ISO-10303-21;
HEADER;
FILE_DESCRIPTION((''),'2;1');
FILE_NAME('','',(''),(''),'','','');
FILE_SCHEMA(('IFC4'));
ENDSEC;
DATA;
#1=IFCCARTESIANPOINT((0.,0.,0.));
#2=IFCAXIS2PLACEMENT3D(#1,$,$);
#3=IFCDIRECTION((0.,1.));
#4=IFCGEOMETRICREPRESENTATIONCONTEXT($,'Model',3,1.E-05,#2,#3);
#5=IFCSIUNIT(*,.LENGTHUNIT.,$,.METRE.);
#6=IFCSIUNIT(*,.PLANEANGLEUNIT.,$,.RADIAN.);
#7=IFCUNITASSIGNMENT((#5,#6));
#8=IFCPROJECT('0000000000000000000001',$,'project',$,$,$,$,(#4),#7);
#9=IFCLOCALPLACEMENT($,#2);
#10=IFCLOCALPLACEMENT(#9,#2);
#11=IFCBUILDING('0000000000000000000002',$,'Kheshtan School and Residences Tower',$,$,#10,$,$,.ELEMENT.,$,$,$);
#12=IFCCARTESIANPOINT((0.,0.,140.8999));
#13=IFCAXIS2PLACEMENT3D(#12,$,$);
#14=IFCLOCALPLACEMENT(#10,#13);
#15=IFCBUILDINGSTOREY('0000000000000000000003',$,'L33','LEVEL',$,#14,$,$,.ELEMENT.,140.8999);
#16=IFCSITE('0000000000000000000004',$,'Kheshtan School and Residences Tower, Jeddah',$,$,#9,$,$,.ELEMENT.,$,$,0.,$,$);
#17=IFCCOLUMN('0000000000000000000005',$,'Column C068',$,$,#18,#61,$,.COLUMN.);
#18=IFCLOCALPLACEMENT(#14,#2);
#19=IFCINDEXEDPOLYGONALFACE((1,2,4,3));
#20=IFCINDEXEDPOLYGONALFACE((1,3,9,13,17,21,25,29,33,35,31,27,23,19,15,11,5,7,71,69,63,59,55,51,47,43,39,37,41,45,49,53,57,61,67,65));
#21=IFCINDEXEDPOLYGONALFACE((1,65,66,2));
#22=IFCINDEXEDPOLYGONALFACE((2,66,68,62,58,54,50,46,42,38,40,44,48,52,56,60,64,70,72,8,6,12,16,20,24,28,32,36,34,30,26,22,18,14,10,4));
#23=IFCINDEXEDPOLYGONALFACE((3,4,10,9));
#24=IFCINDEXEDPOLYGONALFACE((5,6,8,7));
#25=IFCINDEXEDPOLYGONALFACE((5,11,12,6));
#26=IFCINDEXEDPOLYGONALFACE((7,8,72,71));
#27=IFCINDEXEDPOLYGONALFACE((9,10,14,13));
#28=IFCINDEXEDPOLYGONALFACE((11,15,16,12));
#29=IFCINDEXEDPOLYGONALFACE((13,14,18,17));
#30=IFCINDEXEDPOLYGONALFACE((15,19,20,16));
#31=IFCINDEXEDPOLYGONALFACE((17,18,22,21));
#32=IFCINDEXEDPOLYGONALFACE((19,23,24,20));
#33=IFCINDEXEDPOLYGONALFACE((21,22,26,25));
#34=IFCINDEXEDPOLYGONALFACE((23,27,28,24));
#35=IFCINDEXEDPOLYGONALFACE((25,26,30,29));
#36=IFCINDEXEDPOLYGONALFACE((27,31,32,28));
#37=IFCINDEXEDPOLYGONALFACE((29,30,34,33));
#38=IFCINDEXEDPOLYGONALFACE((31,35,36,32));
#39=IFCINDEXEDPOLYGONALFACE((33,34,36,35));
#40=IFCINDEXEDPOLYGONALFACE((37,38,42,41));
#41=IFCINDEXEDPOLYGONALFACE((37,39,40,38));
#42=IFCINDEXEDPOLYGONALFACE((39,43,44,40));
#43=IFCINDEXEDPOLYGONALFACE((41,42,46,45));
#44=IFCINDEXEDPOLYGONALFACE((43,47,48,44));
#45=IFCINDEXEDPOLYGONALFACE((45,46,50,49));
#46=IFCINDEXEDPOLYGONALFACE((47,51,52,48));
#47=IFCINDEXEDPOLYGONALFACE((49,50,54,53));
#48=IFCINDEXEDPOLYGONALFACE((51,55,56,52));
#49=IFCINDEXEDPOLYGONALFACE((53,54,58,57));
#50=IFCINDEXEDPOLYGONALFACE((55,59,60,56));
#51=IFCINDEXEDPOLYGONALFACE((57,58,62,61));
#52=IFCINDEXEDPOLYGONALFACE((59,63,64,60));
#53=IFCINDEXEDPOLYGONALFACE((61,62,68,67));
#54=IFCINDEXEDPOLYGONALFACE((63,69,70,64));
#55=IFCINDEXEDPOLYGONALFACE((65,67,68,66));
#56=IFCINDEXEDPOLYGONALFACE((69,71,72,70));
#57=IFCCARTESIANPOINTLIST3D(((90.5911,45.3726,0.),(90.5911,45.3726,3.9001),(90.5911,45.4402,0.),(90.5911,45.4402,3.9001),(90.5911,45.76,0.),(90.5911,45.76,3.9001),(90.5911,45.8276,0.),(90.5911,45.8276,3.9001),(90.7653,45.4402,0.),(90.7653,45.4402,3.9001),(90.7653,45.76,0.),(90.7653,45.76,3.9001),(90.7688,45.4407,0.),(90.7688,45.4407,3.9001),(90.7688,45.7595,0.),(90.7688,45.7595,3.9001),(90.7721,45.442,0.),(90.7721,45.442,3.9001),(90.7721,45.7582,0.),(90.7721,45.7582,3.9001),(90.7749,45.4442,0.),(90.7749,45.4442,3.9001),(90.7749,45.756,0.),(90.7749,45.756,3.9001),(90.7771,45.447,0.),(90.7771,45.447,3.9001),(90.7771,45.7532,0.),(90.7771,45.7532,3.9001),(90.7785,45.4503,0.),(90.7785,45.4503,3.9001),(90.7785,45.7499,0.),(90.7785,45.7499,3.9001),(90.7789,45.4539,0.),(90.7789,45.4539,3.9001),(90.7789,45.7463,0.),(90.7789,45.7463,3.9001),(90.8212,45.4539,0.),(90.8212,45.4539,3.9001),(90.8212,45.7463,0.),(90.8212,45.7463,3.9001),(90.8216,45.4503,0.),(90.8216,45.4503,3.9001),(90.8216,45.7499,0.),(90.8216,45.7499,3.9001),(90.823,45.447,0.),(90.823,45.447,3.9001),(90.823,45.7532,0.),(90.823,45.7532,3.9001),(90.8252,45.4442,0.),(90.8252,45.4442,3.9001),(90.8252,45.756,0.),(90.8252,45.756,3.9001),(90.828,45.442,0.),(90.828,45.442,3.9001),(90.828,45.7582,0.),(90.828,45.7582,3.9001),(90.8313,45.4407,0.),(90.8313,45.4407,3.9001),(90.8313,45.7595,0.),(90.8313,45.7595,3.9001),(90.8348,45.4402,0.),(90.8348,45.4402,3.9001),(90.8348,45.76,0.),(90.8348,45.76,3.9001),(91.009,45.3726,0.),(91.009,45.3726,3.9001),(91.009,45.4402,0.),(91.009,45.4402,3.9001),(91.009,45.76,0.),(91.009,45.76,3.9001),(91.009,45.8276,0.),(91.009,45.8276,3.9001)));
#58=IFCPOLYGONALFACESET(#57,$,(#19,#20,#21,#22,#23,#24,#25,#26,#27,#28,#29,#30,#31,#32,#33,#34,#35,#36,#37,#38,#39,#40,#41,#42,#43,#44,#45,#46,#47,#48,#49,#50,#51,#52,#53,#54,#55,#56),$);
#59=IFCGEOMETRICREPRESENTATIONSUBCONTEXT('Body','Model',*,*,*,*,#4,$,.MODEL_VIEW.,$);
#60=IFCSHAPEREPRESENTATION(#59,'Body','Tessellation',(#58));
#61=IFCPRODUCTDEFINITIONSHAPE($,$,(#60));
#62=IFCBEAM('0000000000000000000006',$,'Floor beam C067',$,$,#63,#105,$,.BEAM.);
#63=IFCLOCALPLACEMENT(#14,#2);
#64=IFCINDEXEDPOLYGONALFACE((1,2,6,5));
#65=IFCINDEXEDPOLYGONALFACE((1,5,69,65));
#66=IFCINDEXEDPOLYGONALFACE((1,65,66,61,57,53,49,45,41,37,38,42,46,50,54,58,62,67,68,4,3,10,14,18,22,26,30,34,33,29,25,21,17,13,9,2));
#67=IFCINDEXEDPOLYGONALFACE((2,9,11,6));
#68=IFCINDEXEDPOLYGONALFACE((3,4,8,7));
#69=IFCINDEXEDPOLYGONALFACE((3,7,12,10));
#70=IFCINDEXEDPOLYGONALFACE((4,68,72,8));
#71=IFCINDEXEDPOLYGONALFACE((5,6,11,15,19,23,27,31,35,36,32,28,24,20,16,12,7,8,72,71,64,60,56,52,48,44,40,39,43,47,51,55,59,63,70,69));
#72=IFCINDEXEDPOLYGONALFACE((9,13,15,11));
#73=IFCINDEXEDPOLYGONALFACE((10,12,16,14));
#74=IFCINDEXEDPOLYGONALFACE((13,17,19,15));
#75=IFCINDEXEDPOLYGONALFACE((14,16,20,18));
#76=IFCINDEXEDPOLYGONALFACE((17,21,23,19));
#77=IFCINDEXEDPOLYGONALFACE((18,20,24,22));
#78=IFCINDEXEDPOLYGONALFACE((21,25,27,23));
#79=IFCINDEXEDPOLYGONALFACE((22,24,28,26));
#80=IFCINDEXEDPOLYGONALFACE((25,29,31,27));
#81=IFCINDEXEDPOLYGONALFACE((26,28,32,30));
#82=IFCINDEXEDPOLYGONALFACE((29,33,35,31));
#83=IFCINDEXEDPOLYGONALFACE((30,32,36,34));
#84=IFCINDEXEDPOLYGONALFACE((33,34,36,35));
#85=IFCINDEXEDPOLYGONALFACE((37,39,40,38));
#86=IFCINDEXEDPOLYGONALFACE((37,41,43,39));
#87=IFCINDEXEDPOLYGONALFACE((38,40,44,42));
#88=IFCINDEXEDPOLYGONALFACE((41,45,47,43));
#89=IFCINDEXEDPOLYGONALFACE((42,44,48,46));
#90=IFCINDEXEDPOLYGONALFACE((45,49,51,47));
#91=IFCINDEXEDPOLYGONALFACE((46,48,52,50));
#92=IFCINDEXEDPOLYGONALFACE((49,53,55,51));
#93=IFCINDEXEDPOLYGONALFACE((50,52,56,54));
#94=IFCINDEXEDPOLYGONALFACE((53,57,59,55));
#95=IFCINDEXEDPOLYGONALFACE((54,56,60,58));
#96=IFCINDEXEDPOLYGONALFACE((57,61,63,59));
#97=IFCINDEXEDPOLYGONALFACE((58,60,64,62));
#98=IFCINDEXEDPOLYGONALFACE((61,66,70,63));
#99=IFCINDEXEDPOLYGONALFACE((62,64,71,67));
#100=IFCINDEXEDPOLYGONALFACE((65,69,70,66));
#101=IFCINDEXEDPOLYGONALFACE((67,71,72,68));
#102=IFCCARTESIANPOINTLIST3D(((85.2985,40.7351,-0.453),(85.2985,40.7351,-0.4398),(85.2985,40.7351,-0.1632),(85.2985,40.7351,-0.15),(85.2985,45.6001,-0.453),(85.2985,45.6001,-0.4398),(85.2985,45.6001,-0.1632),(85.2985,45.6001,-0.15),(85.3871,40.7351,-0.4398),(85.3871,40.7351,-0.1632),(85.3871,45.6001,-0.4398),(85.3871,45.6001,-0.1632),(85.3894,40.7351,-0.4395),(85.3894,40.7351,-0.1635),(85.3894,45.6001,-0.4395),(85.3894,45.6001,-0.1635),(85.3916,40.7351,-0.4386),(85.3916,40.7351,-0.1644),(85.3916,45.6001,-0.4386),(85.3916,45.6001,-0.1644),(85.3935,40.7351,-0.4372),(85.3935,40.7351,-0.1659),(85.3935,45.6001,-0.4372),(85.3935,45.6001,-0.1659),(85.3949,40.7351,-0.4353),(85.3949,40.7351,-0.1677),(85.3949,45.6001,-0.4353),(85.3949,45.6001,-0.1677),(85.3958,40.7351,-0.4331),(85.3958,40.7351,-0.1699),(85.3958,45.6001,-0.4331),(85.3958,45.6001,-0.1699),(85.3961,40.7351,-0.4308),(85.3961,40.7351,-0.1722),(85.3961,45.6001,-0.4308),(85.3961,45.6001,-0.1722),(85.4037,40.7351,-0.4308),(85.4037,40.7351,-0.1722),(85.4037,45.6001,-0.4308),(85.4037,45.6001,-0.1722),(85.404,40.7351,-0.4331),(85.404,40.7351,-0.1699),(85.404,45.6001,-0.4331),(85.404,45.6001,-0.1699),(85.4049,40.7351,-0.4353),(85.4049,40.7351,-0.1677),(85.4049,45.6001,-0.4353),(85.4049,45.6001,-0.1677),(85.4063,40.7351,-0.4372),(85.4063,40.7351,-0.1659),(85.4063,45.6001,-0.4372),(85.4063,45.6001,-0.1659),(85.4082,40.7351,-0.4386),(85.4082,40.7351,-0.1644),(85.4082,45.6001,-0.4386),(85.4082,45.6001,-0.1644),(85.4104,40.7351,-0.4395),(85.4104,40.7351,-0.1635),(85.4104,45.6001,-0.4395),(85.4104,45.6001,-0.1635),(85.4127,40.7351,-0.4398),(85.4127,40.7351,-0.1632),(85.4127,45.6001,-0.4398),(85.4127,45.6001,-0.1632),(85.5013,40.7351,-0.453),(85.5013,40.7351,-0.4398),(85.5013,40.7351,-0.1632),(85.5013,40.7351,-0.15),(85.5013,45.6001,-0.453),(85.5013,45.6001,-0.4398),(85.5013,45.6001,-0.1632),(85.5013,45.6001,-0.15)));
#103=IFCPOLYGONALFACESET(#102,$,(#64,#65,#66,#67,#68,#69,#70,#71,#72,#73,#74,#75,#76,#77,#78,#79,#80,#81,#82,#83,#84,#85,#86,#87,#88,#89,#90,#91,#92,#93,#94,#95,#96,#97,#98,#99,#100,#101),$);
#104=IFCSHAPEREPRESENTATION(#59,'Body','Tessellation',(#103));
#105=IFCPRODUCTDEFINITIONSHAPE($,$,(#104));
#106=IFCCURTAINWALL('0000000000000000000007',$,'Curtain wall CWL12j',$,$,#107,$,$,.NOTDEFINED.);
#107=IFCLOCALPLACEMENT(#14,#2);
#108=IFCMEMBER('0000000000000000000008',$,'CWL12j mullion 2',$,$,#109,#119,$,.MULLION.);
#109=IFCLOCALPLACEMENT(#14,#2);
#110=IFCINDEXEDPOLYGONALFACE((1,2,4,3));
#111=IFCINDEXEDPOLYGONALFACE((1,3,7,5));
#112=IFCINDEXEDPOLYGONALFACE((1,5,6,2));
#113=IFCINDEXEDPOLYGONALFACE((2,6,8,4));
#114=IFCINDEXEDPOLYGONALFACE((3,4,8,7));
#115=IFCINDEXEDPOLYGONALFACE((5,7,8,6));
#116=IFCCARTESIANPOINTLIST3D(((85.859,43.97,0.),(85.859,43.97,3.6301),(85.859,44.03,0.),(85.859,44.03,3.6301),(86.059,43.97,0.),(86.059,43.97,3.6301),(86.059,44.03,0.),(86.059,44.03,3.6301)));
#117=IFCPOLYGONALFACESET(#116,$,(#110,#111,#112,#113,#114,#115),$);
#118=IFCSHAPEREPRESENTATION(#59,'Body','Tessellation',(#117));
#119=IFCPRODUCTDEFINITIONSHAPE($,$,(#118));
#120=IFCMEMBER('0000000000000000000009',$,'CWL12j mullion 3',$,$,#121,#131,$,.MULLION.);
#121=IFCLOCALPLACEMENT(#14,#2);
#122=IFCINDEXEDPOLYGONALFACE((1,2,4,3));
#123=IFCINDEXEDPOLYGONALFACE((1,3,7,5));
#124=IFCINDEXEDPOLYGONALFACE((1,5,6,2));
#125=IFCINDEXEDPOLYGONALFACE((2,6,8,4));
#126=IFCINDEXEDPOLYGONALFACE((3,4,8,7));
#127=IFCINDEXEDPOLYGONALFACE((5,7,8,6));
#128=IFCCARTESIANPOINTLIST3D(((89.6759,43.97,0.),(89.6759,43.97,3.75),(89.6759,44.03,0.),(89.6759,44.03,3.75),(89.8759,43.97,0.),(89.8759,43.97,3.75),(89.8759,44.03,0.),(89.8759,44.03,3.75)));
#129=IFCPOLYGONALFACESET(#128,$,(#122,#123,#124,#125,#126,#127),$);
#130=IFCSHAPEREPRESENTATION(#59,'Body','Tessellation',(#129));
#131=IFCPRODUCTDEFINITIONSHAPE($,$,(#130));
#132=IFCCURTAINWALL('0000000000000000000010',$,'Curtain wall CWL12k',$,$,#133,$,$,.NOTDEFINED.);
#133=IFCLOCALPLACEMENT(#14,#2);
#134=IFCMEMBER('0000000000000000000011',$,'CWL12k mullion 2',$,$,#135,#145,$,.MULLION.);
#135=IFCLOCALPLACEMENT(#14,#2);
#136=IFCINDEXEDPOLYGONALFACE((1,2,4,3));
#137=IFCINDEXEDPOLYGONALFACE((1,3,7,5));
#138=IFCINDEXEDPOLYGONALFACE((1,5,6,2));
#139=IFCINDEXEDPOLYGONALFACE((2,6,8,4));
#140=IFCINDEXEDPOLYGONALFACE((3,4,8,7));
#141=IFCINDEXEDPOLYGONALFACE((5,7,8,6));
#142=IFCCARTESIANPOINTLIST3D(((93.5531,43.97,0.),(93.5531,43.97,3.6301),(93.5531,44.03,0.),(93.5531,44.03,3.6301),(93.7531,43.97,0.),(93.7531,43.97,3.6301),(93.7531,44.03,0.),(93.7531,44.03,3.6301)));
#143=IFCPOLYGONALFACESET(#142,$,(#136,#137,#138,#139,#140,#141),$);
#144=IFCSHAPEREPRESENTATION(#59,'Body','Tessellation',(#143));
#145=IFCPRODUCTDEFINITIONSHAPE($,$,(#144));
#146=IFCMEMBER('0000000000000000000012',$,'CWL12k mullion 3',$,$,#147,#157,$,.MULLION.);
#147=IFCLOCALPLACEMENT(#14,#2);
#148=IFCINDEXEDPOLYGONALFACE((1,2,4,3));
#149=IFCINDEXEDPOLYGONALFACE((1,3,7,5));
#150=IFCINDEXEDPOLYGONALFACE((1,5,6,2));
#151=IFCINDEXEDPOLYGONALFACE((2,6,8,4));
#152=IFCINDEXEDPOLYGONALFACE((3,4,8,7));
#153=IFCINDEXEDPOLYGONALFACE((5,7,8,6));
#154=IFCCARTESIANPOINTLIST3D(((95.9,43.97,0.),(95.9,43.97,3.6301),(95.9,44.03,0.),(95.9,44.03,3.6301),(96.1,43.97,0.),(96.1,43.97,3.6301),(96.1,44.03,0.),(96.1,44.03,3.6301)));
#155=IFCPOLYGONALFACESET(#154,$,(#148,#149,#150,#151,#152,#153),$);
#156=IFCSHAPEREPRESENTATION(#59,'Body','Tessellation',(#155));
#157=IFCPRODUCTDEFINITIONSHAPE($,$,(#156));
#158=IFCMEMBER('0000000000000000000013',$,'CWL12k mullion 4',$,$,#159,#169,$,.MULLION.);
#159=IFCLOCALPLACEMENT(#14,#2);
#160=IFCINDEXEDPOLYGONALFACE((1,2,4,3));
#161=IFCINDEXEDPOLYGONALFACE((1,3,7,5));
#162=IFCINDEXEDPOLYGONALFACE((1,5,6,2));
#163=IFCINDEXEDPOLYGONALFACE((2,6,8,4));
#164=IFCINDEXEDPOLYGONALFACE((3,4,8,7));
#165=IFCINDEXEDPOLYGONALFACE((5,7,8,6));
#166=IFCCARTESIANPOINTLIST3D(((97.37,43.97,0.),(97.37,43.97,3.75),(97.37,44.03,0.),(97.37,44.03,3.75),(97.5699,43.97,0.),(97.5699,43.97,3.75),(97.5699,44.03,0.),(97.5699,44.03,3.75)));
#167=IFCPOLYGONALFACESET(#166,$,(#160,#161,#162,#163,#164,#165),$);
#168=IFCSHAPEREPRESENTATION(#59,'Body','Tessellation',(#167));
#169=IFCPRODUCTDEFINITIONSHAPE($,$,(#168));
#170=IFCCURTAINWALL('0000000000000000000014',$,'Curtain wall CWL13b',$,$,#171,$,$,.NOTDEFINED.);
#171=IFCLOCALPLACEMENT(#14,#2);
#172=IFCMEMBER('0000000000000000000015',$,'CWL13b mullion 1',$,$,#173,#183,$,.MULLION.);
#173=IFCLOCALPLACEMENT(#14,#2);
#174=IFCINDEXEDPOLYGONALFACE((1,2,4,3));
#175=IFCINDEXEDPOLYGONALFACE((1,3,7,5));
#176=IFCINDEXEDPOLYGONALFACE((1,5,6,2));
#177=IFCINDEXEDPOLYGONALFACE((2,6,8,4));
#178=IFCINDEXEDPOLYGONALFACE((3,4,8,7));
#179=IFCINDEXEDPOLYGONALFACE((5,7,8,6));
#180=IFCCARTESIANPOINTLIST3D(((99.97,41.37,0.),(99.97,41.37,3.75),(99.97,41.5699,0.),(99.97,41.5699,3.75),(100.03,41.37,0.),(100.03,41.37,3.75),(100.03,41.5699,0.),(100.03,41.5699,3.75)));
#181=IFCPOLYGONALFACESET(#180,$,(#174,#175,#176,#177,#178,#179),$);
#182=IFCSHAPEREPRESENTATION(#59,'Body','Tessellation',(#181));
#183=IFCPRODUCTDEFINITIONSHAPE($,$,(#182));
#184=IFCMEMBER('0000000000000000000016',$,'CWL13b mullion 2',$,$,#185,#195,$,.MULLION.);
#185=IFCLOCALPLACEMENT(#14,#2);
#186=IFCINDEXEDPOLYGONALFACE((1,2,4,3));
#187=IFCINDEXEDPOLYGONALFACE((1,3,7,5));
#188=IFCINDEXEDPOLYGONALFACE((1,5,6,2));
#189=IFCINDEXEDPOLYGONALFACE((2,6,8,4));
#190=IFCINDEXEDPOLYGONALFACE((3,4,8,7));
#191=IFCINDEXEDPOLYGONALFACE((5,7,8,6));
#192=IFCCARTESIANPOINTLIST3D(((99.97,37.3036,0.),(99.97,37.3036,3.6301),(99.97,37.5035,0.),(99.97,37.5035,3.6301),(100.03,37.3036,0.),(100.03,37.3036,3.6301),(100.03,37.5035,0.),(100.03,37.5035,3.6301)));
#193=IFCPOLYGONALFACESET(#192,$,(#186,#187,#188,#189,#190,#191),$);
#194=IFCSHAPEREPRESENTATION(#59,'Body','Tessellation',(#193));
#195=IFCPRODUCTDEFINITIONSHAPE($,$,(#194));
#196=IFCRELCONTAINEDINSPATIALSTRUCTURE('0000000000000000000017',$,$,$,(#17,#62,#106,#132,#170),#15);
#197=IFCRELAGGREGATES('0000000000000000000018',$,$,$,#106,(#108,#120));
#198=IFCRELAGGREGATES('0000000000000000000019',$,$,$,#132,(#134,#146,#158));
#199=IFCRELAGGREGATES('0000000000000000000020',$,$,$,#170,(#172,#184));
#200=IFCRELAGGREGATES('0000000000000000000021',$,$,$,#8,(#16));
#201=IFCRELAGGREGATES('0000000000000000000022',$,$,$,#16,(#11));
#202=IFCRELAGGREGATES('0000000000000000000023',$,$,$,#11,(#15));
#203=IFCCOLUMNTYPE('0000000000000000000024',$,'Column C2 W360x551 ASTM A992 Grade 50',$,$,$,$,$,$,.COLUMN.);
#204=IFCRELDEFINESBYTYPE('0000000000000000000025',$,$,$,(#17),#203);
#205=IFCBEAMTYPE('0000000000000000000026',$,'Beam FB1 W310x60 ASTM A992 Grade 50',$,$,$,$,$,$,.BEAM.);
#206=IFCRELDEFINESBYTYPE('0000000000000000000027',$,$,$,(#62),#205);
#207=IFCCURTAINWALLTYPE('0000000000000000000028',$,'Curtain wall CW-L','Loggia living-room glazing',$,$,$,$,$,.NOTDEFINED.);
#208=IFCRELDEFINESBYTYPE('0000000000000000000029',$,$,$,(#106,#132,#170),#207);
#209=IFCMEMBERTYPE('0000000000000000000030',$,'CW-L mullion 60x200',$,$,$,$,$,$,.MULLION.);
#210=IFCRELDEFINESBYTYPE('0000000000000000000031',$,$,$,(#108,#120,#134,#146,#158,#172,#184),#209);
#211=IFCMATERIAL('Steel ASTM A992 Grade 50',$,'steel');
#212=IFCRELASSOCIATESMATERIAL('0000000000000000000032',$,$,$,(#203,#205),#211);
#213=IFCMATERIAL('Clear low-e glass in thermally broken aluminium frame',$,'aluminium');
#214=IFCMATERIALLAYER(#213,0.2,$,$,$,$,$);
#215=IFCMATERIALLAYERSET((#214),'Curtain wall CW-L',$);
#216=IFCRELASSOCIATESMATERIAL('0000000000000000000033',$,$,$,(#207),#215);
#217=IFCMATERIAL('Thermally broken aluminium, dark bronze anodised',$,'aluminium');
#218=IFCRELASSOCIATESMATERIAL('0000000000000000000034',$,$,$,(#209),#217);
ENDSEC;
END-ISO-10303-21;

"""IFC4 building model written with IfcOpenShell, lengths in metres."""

from ifc_helpers import new_model, si_unit, direction, frame, origin, origin_2d, place, context, subcontext, project, spatial, rectangle, i_section, extrude, material, layer, layer_set, material_profile, profile_set, type_object, element, aggregate, save


model = new_model("IFC4")

# Units and contexts
model_context = context("Model", 3, precision=1e-05, world=origin(), true_north=direction((0.0, 1.0)))
body_context = subcontext(model_context, "Body", "Model", "MODEL_VIEW")
ifc_project = project(units=[si_unit("LENGTHUNIT", "METRE"), si_unit("PLANEANGLEUNIT", "RADIAN")], contexts=[model_context])

# Site, building, storey
site_placement = place(None, origin())
site = spatial("IfcSite", under=ifc_project, at=site_placement, Name="Kheshtan School and Residences Tower, Jeddah", CompositionType="ELEMENT", RefElevation=0.0)
building_placement = place(site_placement, origin())
building = spatial("IfcBuilding", under=site, at=building_placement, Name="Kheshtan School and Residences Tower", CompositionType="ELEMENT")
storey_placement = place(building_placement, frame((0.0, 0.0, 140.8999)))
storey = spatial("IfcBuildingStorey", under=building, at=storey_placement, Name="L33", Description="LEVEL", CompositionType="ELEMENT", Elevation=140.8999)

# Column
ifc_material_1 = material(Name="Steel ASTM A992 Grade 50", Category="steel")
ifc_material_profile_1 = material_profile(ifc_material_1, i_section(OverallWidth=0.418, OverallDepth=0.4551, WebThickness=0.0422, FlangeThickness=0.0676, FilletRadius=0.0137, at=origin_2d()), Name="W360x551")
ifc_profile_set_1 = profile_set([ifc_material_profile_1], Name="Steel ASTM A992 Grade 50")
column_type = type_object("IfcColumnType", Name="Column C2 W360x551 ASTM A992 Grade 50", PredefinedType="COLUMN", material=ifc_profile_set_1)
column_placement = place(storey_placement, frame((90.8, 45.6001, 0.0), z_axis=(0.0, 0.0, 1.0), x_axis=(1.0, 0.0, 0.0)))
element("IfcColumn", 1, at=column_placement, inside=storey, type_object=column_type, Name="Column C068", PredefinedType="COLUMN", context=body_context, shape_type="SweptSolid", body=[
    extrude(i_section(OverallWidth=0.418, OverallDepth=0.4551, WebThickness=0.0422, FlangeThickness=0.0676, FilletRadius=0.0137, at=origin_2d()), origin(), (0.0, 0.0, 1.0), 3.9001),
])

# Beam
ifc_material_profile_2 = material_profile(ifc_material_1, i_section(OverallWidth=0.2029, OverallDepth=0.303, WebThickness=0.0076, FlangeThickness=0.0132, FilletRadius=0.009, at=origin_2d()), Name="W310x60")
ifc_profile_set_2 = profile_set([ifc_material_profile_2], Name="Steel ASTM A992 Grade 50")
beam_type_1 = type_object("IfcBeamType", Name="Beam FB1 W310x60 ASTM A992 Grade 50", PredefinedType="BEAM", material=ifc_profile_set_2)
beam_1_placement = place(storey_placement, frame((85.3999, 45.6001, -0.3015), z_axis=(0.0, -1.0, 0.0), x_axis=(1.0, 0.0, 0.0)))
element("IfcBeam", 2, at=beam_1_placement, inside=storey, type_object=beam_type_1, Name="Floor beam C067", PredefinedType="BEAM", context=body_context, shape_type="SweptSolid", body=[
    extrude(i_section(OverallWidth=0.2029, OverallDepth=0.303, WebThickness=0.0076, FlangeThickness=0.0132, FilletRadius=0.009, at=origin_2d()), origin(), (0.0, 0.0, 1.0), 4.865),
])

# Curtain walls, members
ifc_material_2 = material(Name="Clear low-e glass in thermally broken aluminium frame", Category="aluminium")
ifc_layer_1 = layer(ifc_material_2, 0.2)
ifc_layer_set_1 = layer_set([ifc_layer_1], Name="Curtain wall CW-L")
curtain_wall_type = type_object("IfcCurtainWallType", Name="Curtain wall CW-L", Description="Loggia living-room glazing", PredefinedType="NOTDEFINED", material=ifc_layer_set_1)
curtain_wall_1_placement = place(storey_placement, origin())
curtain_wall_1 = element("IfcCurtainWall", 3, at=curtain_wall_1_placement, inside=storey, type_object=curtain_wall_type, Name="Curtain wall CWL12j", PredefinedType="NOTDEFINED")
ifc_material_3 = material(Name="Thermally broken aluminium, dark bronze anodised", Category="aluminium")
ifc_material_profile_3 = material_profile(ifc_material_3, rectangle(XDim=0.0601, YDim=0.2, at=origin_2d()), Name="CW-L mullion 60x200")
ifc_profile_set_3 = profile_set([ifc_material_profile_3], Name="Thermally broken aluminium, dark bronze anodised")
member_type_1 = type_object("IfcMemberType", Name="CW-L mullion 60x200", PredefinedType="MULLION", material=ifc_profile_set_3)
member_1_placement = place(storey_placement, frame((85.959, 44.0, 0.0), z_axis=(0.0, 0.0, 1.0), x_axis=(0.0, 1.0, 0.0)))
member_1 = element("IfcMember", 4, at=member_1_placement, type_object=member_type_1, Name="CWL12j mullion 2", PredefinedType="MULLION", context=body_context, shape_type="SweptSolid", body=[
    extrude(rectangle(XDim=0.0601, YDim=0.2, at=origin_2d()), origin(), (0.0, 0.0, 1.0), 3.6301),
])
member_2_placement = place(storey_placement, frame((89.7759, 44.0, 0.0), z_axis=(0.0, 0.0, 1.0), x_axis=(0.0, 1.0, 0.0)))
member_2 = element("IfcMember", 5, at=member_2_placement, type_object=member_type_1, Name="CWL12j mullion 3", PredefinedType="MULLION", context=body_context, shape_type="SweptSolid", body=[
    extrude(rectangle(XDim=0.0601, YDim=0.2, at=origin_2d()), origin(), (0.0, 0.0, 1.0), 3.75),
])
curtain_wall_2_placement = place(storey_placement, origin())
curtain_wall_2 = element("IfcCurtainWall", 6, at=curtain_wall_2_placement, inside=storey, type_object=curtain_wall_type, Name="Curtain wall CWL12k", PredefinedType="NOTDEFINED")
member_3_placement = place(storey_placement, frame((93.6531, 44.0, 0.0), z_axis=(0.0, 0.0, 1.0), x_axis=(0.0, 1.0, 0.0)))
member_3 = element("IfcMember", 7, at=member_3_placement, type_object=member_type_1, Name="CWL12k mullion 2", PredefinedType="MULLION", context=body_context, shape_type="SweptSolid", body=[
    extrude(rectangle(XDim=0.0601, YDim=0.2, at=origin_2d()), origin(), (0.0, 0.0, 1.0), 3.6301),
])
member_4_placement = place(storey_placement, frame((96.0, 44.0, 0.0), z_axis=(0.0, 0.0, 1.0), x_axis=(0.0, 1.0, 0.0)))
member_4 = element("IfcMember", 8, at=member_4_placement, type_object=member_type_1, Name="CWL12k mullion 3", PredefinedType="MULLION", context=body_context, shape_type="SweptSolid", body=[
    extrude(rectangle(XDim=0.0601, YDim=0.2, at=origin_2d()), origin(), (0.0, 0.0, 1.0), 3.6301),
])
member_5_placement = place(storey_placement, frame((97.47, 44.0, 0.0), z_axis=(0.0, 0.0, 1.0), x_axis=(0.0, 1.0, 0.0)))
member_5 = element("IfcMember", 9, at=member_5_placement, type_object=member_type_1, Name="CWL12k mullion 4", PredefinedType="MULLION", context=body_context, shape_type="SweptSolid", body=[
    extrude(rectangle(XDim=0.0601, YDim=0.2, at=origin_2d()), origin(), (0.0, 0.0, 1.0), 3.75),
])
curtain_wall_3_placement = place(storey_placement, origin())
curtain_wall_3 = element("IfcCurtainWall", 10, at=curtain_wall_3_placement, inside=storey, type_object=curtain_wall_type, Name="Curtain wall CWL13b", PredefinedType="NOTDEFINED")
member_6_placement = place(storey_placement, frame((100.0, 41.47, 0.0), z_axis=(0.0, 0.0, 1.0), x_axis=(1.0, 0.0, 0.0)))
member_6 = element("IfcMember", 11, at=member_6_placement, type_object=member_type_1, Name="CWL13b mullion 1", PredefinedType="MULLION", context=body_context, shape_type="SweptSolid", body=[
    extrude(rectangle(XDim=0.0601, YDim=0.2, at=origin_2d()), origin(), (0.0, 0.0, 1.0), 3.75),
])
member_7_placement = place(storey_placement, frame((100.0, 37.4036, 0.0), z_axis=(0.0, 0.0, 1.0), x_axis=(1.0, 0.0, 0.0)))
member_7 = element("IfcMember", 12, at=member_7_placement, type_object=member_type_1, Name="CWL13b mullion 2", PredefinedType="MULLION", context=body_context, shape_type="SweptSolid", body=[
    extrude(rectangle(XDim=0.0601, YDim=0.2, at=origin_2d()), origin(), (0.0, 0.0, 1.0), 3.6301),
])

aggregate(curtain_wall_1, [member_1, member_2])
aggregate(curtain_wall_2, [member_3, member_4, member_5])
aggregate(curtain_wall_3, [member_6, member_7])

save(model, "model.ifc")
